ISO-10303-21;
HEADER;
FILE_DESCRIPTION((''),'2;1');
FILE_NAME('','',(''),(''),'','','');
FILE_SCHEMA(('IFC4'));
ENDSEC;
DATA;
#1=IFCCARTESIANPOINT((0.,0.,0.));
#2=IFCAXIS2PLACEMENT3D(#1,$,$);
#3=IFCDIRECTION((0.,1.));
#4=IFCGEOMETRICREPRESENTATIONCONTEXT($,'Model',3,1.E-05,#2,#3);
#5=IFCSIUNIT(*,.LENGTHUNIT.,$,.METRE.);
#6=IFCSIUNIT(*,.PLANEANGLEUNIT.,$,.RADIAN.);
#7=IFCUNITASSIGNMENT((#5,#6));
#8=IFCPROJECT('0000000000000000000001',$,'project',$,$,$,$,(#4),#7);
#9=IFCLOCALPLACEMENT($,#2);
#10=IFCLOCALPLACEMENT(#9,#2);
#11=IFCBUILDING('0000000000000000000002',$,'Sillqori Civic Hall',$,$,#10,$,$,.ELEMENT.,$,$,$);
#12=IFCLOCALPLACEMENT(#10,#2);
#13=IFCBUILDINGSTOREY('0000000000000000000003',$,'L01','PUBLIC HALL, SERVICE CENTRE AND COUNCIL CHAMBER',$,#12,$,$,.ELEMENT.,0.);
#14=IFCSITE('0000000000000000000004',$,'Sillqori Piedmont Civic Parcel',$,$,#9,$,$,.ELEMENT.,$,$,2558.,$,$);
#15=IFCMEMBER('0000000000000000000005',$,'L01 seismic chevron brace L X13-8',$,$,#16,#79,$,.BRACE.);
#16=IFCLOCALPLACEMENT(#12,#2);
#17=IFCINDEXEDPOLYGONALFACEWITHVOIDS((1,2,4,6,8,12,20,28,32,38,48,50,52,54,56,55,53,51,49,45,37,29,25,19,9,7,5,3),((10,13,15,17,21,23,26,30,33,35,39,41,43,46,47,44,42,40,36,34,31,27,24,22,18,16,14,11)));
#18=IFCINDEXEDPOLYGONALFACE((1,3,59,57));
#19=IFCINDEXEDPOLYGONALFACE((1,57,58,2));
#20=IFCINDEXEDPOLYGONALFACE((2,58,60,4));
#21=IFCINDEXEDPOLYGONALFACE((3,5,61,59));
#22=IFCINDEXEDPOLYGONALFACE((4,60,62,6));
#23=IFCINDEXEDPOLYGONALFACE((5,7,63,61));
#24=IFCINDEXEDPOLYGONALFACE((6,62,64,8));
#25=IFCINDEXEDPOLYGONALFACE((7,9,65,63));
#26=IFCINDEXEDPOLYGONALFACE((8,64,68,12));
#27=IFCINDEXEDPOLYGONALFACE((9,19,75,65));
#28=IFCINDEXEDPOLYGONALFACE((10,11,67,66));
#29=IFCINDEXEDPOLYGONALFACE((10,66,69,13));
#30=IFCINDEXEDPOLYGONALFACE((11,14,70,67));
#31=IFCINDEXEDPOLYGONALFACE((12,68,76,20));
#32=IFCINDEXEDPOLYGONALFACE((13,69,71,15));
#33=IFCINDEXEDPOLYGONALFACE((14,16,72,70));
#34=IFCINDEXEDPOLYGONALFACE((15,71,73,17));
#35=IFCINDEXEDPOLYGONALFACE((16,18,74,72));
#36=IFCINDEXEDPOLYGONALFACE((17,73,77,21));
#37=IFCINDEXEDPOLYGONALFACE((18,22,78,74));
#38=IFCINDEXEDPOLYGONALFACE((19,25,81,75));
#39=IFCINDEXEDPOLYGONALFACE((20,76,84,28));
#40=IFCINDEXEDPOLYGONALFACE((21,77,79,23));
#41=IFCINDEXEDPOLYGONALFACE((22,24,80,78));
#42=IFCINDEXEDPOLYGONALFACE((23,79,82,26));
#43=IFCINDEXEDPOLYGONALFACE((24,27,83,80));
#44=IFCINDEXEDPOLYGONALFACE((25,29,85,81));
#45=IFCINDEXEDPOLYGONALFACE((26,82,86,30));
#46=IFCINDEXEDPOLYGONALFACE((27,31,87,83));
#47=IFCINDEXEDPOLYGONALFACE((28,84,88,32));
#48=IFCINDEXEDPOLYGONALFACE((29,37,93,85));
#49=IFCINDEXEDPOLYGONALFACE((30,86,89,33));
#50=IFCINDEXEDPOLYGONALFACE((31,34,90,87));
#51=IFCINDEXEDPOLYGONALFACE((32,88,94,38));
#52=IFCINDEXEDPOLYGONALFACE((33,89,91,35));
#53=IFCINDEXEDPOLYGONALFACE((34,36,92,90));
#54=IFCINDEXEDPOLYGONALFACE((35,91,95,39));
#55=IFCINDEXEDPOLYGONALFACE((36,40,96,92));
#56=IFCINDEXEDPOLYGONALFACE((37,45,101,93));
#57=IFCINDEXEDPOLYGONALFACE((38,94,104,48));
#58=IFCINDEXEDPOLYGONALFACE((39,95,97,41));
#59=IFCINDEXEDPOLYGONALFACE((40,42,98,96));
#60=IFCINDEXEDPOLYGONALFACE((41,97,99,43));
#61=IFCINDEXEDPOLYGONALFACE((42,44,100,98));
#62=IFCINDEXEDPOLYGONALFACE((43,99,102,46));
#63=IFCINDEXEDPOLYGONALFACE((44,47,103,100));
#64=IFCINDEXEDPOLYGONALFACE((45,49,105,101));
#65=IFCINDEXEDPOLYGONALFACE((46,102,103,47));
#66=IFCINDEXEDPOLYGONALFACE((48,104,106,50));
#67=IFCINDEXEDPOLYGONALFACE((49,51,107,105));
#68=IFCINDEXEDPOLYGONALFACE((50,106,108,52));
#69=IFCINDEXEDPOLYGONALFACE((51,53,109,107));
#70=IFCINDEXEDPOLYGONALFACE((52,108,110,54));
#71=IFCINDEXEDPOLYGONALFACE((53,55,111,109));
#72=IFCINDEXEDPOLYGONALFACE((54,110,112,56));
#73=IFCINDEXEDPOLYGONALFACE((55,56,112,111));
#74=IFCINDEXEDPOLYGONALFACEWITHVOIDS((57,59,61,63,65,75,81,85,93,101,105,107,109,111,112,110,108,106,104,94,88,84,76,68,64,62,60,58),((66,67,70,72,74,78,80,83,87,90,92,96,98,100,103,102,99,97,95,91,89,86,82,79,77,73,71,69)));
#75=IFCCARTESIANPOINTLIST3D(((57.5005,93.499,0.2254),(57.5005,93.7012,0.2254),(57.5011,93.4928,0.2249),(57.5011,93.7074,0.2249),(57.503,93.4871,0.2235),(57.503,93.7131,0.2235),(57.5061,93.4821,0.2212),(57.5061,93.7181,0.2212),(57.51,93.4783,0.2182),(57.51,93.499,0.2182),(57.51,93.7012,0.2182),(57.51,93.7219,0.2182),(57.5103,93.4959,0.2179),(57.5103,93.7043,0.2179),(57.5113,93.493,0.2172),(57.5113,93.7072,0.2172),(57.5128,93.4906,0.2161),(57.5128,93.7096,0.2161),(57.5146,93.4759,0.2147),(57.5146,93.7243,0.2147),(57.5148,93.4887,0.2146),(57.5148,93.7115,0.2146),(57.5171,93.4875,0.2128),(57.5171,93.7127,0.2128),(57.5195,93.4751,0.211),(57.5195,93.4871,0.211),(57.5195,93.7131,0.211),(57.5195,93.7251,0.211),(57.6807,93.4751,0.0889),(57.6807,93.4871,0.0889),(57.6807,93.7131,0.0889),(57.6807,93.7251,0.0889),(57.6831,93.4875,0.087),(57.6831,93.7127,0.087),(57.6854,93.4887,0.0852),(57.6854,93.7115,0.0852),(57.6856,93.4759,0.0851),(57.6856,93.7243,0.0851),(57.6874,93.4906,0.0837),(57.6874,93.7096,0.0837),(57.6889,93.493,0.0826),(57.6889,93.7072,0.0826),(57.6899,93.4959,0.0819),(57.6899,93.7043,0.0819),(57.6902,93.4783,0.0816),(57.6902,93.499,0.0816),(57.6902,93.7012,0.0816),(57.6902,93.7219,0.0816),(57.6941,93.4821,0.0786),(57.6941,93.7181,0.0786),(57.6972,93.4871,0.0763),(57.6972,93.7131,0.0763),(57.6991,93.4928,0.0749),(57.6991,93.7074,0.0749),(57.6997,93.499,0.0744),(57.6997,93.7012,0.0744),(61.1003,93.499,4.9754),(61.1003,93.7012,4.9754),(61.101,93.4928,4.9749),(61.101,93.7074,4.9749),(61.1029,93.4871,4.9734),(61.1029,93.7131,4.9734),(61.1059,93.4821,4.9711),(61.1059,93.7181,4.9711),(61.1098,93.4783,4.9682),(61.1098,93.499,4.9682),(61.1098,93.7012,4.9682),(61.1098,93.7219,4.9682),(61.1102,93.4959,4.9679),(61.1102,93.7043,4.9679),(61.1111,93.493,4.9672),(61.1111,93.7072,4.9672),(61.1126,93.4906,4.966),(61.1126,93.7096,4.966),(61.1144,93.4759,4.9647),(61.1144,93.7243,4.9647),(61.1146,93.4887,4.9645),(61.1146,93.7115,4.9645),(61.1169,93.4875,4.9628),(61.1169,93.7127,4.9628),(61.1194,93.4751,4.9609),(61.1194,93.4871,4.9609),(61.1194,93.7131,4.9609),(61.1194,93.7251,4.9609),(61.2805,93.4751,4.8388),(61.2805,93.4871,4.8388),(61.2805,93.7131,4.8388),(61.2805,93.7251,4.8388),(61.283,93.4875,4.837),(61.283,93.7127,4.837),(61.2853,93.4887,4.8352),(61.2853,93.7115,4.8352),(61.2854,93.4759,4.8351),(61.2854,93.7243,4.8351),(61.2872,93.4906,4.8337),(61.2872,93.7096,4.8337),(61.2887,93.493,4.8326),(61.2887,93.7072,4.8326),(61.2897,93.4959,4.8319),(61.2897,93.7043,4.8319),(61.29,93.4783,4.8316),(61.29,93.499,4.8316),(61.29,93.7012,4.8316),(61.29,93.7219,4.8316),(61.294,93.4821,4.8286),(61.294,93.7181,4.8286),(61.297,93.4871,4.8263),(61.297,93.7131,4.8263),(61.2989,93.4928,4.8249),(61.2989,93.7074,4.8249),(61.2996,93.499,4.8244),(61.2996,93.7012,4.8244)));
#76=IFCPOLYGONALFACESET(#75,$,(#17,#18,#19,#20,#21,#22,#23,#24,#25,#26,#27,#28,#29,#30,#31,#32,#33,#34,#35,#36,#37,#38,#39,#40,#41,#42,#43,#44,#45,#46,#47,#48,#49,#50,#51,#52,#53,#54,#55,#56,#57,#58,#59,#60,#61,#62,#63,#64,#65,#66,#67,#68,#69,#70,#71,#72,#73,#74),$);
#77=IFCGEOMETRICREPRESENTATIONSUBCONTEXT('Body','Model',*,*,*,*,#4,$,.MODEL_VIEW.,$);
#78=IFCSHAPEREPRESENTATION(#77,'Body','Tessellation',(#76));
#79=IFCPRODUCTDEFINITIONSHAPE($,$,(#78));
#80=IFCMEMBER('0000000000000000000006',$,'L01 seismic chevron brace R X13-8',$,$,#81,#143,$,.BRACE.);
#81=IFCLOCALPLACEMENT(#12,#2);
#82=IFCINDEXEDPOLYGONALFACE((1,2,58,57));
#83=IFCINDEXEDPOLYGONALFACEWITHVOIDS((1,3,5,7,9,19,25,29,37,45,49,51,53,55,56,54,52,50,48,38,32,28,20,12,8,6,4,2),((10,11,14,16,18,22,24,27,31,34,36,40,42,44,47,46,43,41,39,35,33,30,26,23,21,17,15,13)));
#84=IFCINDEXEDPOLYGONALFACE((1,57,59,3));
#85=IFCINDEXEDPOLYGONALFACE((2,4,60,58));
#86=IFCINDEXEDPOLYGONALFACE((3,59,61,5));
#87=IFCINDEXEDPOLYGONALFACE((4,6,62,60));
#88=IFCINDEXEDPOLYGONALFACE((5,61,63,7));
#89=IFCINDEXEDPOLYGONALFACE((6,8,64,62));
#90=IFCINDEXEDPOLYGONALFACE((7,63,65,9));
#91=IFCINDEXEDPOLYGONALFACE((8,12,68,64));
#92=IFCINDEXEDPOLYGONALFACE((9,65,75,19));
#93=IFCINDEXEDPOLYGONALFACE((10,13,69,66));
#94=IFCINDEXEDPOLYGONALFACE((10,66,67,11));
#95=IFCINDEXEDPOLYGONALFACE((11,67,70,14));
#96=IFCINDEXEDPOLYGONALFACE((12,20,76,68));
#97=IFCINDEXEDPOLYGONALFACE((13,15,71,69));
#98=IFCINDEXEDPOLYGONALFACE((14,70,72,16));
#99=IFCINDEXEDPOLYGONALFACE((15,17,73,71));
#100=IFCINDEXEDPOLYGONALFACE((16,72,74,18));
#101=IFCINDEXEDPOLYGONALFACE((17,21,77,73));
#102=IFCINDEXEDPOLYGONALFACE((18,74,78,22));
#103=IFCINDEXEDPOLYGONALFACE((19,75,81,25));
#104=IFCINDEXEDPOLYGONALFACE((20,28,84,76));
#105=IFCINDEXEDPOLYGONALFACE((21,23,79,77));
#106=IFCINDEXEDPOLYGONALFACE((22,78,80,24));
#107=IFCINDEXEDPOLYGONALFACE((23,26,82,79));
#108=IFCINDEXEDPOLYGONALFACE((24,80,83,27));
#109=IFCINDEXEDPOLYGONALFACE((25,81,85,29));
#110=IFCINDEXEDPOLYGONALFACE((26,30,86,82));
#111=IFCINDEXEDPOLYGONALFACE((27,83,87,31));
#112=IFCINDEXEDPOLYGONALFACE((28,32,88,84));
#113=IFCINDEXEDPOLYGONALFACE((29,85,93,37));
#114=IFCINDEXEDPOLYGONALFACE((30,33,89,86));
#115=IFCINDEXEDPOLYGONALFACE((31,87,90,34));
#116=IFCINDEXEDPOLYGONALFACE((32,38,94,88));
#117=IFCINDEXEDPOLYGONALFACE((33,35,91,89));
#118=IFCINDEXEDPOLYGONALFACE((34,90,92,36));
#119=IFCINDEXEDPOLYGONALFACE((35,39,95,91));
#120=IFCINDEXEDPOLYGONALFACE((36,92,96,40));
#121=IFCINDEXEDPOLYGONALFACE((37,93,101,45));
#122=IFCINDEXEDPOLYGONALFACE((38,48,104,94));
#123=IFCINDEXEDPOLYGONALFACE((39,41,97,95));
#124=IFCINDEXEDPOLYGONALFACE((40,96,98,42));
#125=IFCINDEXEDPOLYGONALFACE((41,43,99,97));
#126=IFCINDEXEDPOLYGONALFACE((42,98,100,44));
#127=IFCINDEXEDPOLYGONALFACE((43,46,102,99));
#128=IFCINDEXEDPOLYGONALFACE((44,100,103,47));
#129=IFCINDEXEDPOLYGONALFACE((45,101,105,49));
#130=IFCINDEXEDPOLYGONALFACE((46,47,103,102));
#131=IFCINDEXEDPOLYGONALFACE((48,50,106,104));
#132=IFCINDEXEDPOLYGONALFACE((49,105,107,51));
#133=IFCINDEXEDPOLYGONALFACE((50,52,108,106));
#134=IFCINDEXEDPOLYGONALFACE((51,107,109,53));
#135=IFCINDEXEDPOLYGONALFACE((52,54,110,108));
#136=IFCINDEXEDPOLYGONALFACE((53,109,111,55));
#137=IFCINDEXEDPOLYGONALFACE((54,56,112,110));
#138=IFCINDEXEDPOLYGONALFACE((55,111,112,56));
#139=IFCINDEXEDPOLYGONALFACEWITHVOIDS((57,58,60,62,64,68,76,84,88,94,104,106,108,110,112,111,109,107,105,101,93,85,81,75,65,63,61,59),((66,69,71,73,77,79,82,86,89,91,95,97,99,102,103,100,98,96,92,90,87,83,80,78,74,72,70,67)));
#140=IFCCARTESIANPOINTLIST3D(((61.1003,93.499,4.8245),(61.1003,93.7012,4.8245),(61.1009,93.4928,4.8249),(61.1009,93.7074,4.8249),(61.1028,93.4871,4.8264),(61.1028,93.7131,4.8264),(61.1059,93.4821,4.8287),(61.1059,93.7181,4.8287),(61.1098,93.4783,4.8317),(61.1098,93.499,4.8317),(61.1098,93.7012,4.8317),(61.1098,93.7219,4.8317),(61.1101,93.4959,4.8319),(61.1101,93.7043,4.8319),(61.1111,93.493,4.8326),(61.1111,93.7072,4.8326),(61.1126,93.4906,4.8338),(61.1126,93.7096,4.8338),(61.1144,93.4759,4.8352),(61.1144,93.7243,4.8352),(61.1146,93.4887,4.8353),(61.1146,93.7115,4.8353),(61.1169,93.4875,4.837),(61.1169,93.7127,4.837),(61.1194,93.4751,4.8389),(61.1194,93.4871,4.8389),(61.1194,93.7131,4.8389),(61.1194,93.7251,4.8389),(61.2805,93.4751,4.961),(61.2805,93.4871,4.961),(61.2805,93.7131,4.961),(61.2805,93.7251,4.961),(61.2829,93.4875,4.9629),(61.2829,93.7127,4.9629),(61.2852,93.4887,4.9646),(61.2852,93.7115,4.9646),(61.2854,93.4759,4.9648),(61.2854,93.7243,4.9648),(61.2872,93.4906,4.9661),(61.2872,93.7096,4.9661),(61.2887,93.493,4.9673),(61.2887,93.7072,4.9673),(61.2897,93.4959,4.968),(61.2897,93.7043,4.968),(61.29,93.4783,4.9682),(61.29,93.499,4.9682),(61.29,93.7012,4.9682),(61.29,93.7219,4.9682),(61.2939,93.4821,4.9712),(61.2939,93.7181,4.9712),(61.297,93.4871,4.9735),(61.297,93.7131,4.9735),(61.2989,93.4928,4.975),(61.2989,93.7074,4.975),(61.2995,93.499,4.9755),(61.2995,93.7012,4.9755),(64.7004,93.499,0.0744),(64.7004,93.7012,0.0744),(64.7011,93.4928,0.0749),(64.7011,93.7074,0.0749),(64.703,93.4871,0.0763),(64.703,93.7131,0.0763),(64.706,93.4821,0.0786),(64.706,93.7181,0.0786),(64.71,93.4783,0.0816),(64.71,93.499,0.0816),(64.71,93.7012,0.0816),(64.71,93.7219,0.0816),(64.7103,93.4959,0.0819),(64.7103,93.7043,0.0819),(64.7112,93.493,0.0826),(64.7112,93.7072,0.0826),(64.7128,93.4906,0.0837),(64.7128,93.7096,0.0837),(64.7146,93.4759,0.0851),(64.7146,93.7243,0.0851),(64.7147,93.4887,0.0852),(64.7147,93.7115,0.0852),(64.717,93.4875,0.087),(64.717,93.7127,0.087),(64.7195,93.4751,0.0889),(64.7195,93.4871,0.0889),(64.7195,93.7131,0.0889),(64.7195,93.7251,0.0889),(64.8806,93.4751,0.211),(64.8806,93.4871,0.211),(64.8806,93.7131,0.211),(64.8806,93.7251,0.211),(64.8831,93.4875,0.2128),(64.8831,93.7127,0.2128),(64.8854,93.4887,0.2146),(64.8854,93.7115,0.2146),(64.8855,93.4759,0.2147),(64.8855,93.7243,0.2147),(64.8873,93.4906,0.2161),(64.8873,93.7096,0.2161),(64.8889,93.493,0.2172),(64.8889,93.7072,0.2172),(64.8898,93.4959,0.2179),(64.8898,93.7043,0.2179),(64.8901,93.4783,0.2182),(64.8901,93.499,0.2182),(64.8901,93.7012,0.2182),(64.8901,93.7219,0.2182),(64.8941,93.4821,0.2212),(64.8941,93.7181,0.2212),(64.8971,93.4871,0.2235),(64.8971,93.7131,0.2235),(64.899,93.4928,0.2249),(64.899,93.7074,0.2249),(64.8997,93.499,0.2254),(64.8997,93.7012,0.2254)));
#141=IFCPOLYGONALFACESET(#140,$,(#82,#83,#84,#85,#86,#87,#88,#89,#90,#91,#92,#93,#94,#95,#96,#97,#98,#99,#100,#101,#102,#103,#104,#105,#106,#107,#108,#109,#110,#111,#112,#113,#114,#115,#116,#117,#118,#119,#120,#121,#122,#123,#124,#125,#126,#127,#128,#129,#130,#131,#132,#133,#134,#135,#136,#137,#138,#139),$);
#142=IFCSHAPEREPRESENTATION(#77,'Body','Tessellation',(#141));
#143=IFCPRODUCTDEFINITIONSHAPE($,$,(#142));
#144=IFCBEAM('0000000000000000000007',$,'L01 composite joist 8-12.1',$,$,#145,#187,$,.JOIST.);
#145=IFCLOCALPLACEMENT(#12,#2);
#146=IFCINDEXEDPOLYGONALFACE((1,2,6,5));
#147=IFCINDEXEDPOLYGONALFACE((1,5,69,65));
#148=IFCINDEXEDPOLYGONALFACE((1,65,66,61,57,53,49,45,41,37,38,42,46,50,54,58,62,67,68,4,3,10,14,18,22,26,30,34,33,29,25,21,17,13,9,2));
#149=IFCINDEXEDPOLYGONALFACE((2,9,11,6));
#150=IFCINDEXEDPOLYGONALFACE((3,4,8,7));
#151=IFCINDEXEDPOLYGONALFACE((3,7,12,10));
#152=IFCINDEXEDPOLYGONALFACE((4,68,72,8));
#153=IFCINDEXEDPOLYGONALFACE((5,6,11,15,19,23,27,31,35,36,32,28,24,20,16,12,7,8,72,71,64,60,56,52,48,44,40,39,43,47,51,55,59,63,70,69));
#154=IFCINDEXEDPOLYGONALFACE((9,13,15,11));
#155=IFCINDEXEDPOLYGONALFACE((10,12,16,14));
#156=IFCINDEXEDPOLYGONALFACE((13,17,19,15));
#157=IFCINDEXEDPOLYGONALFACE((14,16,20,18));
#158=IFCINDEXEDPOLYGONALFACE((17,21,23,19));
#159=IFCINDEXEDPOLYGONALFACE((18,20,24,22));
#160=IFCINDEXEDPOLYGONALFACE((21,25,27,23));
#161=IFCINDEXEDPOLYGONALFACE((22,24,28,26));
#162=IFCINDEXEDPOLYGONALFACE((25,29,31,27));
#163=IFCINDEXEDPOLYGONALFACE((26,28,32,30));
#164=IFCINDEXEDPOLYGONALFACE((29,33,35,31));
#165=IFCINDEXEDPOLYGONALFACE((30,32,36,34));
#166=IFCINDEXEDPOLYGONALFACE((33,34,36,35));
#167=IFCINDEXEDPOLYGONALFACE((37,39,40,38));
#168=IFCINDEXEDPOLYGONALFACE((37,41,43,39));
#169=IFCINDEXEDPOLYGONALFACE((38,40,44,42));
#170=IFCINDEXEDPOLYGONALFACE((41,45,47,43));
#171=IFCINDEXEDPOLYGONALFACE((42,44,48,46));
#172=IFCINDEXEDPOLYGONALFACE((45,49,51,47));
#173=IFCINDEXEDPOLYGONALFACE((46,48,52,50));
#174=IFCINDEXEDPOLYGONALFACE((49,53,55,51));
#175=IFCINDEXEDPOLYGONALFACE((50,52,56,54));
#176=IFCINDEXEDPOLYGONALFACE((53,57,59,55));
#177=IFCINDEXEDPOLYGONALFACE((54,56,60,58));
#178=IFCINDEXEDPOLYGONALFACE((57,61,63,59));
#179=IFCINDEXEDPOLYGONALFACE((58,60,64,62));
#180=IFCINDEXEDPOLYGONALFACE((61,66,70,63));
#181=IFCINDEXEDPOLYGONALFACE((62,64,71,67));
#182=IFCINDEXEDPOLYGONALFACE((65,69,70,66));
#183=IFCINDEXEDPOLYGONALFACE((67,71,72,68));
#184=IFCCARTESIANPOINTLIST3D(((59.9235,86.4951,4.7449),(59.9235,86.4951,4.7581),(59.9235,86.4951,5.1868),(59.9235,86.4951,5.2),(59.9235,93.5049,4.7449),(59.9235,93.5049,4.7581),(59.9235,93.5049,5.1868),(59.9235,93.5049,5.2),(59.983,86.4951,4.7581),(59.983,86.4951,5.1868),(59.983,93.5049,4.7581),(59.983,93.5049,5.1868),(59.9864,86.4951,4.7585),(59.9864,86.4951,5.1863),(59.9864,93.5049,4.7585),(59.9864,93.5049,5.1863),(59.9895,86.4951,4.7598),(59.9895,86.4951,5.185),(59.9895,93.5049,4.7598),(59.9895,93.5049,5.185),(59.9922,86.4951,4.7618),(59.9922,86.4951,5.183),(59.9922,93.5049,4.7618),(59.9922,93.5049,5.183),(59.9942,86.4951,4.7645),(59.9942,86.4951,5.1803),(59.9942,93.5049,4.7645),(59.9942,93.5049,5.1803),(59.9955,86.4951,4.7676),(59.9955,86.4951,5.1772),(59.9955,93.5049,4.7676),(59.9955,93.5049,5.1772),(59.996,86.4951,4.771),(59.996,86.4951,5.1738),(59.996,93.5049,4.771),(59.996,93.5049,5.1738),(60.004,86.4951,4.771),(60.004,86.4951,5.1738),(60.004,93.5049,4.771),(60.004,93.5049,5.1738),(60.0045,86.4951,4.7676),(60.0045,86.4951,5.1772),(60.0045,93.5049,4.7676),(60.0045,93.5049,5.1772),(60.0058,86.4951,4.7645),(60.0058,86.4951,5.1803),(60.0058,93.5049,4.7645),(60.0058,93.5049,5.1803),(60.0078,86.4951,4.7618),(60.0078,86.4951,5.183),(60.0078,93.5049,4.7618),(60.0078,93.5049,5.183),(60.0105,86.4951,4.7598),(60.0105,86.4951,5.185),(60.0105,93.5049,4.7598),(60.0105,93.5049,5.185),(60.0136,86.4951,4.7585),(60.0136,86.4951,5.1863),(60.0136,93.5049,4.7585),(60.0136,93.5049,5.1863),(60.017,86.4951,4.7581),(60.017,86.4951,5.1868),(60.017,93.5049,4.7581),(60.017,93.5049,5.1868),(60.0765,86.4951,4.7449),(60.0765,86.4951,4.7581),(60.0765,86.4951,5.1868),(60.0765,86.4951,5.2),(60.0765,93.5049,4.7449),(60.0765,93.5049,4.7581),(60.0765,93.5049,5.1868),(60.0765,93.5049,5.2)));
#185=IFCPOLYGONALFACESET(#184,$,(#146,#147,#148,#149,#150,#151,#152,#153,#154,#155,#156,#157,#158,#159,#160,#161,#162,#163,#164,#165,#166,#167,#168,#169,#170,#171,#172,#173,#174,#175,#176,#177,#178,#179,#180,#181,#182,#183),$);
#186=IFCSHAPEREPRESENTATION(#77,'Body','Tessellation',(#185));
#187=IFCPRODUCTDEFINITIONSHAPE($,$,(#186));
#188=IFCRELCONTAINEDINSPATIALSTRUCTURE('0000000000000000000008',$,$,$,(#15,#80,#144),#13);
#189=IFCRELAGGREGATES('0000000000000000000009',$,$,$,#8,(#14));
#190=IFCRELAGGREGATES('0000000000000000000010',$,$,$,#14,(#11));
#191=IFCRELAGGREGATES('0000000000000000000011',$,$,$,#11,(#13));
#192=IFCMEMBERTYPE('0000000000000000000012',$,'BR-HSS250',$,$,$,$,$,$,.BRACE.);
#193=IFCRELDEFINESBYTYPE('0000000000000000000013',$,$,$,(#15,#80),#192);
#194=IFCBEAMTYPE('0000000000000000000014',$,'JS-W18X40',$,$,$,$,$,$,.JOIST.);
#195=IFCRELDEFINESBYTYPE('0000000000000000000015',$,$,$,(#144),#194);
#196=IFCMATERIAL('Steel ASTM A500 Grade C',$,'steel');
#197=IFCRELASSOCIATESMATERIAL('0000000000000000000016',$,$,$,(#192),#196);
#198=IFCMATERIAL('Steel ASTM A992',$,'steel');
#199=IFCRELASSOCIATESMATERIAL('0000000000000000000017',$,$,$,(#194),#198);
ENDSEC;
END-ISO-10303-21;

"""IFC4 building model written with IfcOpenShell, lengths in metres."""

from ifc_helpers import new_model, si_unit, direction, frame, origin, origin_2d, place, context, subcontext, project, spatial, hollow_rectangle, i_section, extrude, material, material_profile, profile_set, type_object, element, save


model = new_model("IFC4")

# Units and contexts
model_context = context("Model", 3, precision=1e-05, world=origin(), true_north=direction((0.0, 1.0)))
body_context = subcontext(model_context, "Body", "Model", "MODEL_VIEW")
ifc_project = project(units=[si_unit("LENGTHUNIT", "METRE"), si_unit("PLANEANGLEUNIT", "RADIAN")], contexts=[model_context])

# Site, building, storey
site_placement = place(None, origin())
site = spatial("IfcSite", under=ifc_project, at=site_placement, Name="Sillqori Piedmont Civic Parcel", CompositionType="ELEMENT", RefElevation=2558.0)
building_placement = place(site_placement, origin())
building = spatial("IfcBuilding", under=site, at=building_placement, Name="Sillqori Civic Hall", CompositionType="ELEMENT")
storey_placement = place(building_placement, origin())
storey = spatial("IfcBuildingStorey", under=building, at=storey_placement, Name="L01", Description="PUBLIC HALL, SERVICE CENTRE AND COUNCIL CHAMBER", CompositionType="ELEMENT", Elevation=0.0)

# Shared definitions
ifc_material_1 = material(Name="Steel ASTM A992", Category="steel")

# Members
ifc_material_2 = material(Name="Steel ASTM A500 Grade C", Category="steel")
ifc_material_profile_1 = material_profile(ifc_material_2, hollow_rectangle(XDim=0.25, YDim=0.25, WallThickness=0.012, InnerFilletRadius=0.012, OuterFilletRadius=0.0239, at=origin_2d()), Name="HSS250X250X12")
ifc_profile_set_1 = profile_set([ifc_material_profile_1], Name="Steel ASTM A500 Grade C")
member_type = type_object("IfcMemberType", Name="BR-HSS250", PredefinedType="BRACE", material=ifc_profile_set_1)
member_1_placement = place(storey_placement, frame((57.6001, 93.6001, 0.1499), z_axis=(0.604004, 0.0, 0.796982), x_axis=(0.0, 1.0, 0.0)))
element("IfcMember", 1, at=member_1_placement, inside=storey, type_object=member_type, Name="L01 seismic chevron brace L X13-8", PredefinedType="BRACE", context=body_context, shape_type="SweptSolid", body=[
    extrude(hollow_rectangle(XDim=0.25, YDim=0.25, WallThickness=0.012, InnerFilletRadius=0.012, OuterFilletRadius=0.0239, at=origin_2d()), origin(), (0.0, 0.0, 1.0), 5.96),
])
member_2_placement = place(storey_placement, frame((64.8, 93.6001, 0.1499), z_axis=(-0.60403, 0.0, 0.796962), x_axis=(0.0, -1.0, 0.0)))
element("IfcMember", 2, at=member_2_placement, inside=storey, type_object=member_type, Name="L01 seismic chevron brace R X13-8", PredefinedType="BRACE", context=body_context, shape_type="SweptSolid", body=[
    extrude(hollow_rectangle(XDim=0.25, YDim=0.25, WallThickness=0.012, InnerFilletRadius=0.012, OuterFilletRadius=0.0239, at=origin_2d()), origin(), (0.0, 0.0, 1.0), 5.9602),
])

# Beam
ifc_material_profile_2 = material_profile(ifc_material_1, i_section(OverallWidth=0.1531, OverallDepth=0.4551, WebThickness=0.0081, FlangeThickness=0.0132, FilletRadius=0.0129, at=origin_2d()), Name="W18X40")
ifc_profile_set_2 = profile_set([ifc_material_profile_2], Name="Steel ASTM A992")
beam_type_1 = type_object("IfcBeamType", Name="JS-W18X40", PredefinedType="JOIST", material=ifc_profile_set_2)
for number, where, z_axis, x_axis, name in (
    (3, (60.0, 86.4951, 4.9724), (0.0, 1.0, 0.0), (-1.0, 0.0, 0.0), "L01 composite joist 8-12.1"),
):
    element("IfcBeam", number, at=place(storey_placement, frame(where, z_axis=z_axis, x_axis=x_axis)), inside=storey, type_object=beam_type_1, Name=name, PredefinedType="JOIST", context=body_context, shape_type="SweptSolid", body=[
        extrude(i_section(OverallWidth=0.1531, OverallDepth=0.4551, WebThickness=0.0081, FlangeThickness=0.0132, FilletRadius=0.0129, at=origin_2d()), origin(), (0.0, 0.0, 1.0), 7.0098),
    ])

save(model, "model.ifc")
